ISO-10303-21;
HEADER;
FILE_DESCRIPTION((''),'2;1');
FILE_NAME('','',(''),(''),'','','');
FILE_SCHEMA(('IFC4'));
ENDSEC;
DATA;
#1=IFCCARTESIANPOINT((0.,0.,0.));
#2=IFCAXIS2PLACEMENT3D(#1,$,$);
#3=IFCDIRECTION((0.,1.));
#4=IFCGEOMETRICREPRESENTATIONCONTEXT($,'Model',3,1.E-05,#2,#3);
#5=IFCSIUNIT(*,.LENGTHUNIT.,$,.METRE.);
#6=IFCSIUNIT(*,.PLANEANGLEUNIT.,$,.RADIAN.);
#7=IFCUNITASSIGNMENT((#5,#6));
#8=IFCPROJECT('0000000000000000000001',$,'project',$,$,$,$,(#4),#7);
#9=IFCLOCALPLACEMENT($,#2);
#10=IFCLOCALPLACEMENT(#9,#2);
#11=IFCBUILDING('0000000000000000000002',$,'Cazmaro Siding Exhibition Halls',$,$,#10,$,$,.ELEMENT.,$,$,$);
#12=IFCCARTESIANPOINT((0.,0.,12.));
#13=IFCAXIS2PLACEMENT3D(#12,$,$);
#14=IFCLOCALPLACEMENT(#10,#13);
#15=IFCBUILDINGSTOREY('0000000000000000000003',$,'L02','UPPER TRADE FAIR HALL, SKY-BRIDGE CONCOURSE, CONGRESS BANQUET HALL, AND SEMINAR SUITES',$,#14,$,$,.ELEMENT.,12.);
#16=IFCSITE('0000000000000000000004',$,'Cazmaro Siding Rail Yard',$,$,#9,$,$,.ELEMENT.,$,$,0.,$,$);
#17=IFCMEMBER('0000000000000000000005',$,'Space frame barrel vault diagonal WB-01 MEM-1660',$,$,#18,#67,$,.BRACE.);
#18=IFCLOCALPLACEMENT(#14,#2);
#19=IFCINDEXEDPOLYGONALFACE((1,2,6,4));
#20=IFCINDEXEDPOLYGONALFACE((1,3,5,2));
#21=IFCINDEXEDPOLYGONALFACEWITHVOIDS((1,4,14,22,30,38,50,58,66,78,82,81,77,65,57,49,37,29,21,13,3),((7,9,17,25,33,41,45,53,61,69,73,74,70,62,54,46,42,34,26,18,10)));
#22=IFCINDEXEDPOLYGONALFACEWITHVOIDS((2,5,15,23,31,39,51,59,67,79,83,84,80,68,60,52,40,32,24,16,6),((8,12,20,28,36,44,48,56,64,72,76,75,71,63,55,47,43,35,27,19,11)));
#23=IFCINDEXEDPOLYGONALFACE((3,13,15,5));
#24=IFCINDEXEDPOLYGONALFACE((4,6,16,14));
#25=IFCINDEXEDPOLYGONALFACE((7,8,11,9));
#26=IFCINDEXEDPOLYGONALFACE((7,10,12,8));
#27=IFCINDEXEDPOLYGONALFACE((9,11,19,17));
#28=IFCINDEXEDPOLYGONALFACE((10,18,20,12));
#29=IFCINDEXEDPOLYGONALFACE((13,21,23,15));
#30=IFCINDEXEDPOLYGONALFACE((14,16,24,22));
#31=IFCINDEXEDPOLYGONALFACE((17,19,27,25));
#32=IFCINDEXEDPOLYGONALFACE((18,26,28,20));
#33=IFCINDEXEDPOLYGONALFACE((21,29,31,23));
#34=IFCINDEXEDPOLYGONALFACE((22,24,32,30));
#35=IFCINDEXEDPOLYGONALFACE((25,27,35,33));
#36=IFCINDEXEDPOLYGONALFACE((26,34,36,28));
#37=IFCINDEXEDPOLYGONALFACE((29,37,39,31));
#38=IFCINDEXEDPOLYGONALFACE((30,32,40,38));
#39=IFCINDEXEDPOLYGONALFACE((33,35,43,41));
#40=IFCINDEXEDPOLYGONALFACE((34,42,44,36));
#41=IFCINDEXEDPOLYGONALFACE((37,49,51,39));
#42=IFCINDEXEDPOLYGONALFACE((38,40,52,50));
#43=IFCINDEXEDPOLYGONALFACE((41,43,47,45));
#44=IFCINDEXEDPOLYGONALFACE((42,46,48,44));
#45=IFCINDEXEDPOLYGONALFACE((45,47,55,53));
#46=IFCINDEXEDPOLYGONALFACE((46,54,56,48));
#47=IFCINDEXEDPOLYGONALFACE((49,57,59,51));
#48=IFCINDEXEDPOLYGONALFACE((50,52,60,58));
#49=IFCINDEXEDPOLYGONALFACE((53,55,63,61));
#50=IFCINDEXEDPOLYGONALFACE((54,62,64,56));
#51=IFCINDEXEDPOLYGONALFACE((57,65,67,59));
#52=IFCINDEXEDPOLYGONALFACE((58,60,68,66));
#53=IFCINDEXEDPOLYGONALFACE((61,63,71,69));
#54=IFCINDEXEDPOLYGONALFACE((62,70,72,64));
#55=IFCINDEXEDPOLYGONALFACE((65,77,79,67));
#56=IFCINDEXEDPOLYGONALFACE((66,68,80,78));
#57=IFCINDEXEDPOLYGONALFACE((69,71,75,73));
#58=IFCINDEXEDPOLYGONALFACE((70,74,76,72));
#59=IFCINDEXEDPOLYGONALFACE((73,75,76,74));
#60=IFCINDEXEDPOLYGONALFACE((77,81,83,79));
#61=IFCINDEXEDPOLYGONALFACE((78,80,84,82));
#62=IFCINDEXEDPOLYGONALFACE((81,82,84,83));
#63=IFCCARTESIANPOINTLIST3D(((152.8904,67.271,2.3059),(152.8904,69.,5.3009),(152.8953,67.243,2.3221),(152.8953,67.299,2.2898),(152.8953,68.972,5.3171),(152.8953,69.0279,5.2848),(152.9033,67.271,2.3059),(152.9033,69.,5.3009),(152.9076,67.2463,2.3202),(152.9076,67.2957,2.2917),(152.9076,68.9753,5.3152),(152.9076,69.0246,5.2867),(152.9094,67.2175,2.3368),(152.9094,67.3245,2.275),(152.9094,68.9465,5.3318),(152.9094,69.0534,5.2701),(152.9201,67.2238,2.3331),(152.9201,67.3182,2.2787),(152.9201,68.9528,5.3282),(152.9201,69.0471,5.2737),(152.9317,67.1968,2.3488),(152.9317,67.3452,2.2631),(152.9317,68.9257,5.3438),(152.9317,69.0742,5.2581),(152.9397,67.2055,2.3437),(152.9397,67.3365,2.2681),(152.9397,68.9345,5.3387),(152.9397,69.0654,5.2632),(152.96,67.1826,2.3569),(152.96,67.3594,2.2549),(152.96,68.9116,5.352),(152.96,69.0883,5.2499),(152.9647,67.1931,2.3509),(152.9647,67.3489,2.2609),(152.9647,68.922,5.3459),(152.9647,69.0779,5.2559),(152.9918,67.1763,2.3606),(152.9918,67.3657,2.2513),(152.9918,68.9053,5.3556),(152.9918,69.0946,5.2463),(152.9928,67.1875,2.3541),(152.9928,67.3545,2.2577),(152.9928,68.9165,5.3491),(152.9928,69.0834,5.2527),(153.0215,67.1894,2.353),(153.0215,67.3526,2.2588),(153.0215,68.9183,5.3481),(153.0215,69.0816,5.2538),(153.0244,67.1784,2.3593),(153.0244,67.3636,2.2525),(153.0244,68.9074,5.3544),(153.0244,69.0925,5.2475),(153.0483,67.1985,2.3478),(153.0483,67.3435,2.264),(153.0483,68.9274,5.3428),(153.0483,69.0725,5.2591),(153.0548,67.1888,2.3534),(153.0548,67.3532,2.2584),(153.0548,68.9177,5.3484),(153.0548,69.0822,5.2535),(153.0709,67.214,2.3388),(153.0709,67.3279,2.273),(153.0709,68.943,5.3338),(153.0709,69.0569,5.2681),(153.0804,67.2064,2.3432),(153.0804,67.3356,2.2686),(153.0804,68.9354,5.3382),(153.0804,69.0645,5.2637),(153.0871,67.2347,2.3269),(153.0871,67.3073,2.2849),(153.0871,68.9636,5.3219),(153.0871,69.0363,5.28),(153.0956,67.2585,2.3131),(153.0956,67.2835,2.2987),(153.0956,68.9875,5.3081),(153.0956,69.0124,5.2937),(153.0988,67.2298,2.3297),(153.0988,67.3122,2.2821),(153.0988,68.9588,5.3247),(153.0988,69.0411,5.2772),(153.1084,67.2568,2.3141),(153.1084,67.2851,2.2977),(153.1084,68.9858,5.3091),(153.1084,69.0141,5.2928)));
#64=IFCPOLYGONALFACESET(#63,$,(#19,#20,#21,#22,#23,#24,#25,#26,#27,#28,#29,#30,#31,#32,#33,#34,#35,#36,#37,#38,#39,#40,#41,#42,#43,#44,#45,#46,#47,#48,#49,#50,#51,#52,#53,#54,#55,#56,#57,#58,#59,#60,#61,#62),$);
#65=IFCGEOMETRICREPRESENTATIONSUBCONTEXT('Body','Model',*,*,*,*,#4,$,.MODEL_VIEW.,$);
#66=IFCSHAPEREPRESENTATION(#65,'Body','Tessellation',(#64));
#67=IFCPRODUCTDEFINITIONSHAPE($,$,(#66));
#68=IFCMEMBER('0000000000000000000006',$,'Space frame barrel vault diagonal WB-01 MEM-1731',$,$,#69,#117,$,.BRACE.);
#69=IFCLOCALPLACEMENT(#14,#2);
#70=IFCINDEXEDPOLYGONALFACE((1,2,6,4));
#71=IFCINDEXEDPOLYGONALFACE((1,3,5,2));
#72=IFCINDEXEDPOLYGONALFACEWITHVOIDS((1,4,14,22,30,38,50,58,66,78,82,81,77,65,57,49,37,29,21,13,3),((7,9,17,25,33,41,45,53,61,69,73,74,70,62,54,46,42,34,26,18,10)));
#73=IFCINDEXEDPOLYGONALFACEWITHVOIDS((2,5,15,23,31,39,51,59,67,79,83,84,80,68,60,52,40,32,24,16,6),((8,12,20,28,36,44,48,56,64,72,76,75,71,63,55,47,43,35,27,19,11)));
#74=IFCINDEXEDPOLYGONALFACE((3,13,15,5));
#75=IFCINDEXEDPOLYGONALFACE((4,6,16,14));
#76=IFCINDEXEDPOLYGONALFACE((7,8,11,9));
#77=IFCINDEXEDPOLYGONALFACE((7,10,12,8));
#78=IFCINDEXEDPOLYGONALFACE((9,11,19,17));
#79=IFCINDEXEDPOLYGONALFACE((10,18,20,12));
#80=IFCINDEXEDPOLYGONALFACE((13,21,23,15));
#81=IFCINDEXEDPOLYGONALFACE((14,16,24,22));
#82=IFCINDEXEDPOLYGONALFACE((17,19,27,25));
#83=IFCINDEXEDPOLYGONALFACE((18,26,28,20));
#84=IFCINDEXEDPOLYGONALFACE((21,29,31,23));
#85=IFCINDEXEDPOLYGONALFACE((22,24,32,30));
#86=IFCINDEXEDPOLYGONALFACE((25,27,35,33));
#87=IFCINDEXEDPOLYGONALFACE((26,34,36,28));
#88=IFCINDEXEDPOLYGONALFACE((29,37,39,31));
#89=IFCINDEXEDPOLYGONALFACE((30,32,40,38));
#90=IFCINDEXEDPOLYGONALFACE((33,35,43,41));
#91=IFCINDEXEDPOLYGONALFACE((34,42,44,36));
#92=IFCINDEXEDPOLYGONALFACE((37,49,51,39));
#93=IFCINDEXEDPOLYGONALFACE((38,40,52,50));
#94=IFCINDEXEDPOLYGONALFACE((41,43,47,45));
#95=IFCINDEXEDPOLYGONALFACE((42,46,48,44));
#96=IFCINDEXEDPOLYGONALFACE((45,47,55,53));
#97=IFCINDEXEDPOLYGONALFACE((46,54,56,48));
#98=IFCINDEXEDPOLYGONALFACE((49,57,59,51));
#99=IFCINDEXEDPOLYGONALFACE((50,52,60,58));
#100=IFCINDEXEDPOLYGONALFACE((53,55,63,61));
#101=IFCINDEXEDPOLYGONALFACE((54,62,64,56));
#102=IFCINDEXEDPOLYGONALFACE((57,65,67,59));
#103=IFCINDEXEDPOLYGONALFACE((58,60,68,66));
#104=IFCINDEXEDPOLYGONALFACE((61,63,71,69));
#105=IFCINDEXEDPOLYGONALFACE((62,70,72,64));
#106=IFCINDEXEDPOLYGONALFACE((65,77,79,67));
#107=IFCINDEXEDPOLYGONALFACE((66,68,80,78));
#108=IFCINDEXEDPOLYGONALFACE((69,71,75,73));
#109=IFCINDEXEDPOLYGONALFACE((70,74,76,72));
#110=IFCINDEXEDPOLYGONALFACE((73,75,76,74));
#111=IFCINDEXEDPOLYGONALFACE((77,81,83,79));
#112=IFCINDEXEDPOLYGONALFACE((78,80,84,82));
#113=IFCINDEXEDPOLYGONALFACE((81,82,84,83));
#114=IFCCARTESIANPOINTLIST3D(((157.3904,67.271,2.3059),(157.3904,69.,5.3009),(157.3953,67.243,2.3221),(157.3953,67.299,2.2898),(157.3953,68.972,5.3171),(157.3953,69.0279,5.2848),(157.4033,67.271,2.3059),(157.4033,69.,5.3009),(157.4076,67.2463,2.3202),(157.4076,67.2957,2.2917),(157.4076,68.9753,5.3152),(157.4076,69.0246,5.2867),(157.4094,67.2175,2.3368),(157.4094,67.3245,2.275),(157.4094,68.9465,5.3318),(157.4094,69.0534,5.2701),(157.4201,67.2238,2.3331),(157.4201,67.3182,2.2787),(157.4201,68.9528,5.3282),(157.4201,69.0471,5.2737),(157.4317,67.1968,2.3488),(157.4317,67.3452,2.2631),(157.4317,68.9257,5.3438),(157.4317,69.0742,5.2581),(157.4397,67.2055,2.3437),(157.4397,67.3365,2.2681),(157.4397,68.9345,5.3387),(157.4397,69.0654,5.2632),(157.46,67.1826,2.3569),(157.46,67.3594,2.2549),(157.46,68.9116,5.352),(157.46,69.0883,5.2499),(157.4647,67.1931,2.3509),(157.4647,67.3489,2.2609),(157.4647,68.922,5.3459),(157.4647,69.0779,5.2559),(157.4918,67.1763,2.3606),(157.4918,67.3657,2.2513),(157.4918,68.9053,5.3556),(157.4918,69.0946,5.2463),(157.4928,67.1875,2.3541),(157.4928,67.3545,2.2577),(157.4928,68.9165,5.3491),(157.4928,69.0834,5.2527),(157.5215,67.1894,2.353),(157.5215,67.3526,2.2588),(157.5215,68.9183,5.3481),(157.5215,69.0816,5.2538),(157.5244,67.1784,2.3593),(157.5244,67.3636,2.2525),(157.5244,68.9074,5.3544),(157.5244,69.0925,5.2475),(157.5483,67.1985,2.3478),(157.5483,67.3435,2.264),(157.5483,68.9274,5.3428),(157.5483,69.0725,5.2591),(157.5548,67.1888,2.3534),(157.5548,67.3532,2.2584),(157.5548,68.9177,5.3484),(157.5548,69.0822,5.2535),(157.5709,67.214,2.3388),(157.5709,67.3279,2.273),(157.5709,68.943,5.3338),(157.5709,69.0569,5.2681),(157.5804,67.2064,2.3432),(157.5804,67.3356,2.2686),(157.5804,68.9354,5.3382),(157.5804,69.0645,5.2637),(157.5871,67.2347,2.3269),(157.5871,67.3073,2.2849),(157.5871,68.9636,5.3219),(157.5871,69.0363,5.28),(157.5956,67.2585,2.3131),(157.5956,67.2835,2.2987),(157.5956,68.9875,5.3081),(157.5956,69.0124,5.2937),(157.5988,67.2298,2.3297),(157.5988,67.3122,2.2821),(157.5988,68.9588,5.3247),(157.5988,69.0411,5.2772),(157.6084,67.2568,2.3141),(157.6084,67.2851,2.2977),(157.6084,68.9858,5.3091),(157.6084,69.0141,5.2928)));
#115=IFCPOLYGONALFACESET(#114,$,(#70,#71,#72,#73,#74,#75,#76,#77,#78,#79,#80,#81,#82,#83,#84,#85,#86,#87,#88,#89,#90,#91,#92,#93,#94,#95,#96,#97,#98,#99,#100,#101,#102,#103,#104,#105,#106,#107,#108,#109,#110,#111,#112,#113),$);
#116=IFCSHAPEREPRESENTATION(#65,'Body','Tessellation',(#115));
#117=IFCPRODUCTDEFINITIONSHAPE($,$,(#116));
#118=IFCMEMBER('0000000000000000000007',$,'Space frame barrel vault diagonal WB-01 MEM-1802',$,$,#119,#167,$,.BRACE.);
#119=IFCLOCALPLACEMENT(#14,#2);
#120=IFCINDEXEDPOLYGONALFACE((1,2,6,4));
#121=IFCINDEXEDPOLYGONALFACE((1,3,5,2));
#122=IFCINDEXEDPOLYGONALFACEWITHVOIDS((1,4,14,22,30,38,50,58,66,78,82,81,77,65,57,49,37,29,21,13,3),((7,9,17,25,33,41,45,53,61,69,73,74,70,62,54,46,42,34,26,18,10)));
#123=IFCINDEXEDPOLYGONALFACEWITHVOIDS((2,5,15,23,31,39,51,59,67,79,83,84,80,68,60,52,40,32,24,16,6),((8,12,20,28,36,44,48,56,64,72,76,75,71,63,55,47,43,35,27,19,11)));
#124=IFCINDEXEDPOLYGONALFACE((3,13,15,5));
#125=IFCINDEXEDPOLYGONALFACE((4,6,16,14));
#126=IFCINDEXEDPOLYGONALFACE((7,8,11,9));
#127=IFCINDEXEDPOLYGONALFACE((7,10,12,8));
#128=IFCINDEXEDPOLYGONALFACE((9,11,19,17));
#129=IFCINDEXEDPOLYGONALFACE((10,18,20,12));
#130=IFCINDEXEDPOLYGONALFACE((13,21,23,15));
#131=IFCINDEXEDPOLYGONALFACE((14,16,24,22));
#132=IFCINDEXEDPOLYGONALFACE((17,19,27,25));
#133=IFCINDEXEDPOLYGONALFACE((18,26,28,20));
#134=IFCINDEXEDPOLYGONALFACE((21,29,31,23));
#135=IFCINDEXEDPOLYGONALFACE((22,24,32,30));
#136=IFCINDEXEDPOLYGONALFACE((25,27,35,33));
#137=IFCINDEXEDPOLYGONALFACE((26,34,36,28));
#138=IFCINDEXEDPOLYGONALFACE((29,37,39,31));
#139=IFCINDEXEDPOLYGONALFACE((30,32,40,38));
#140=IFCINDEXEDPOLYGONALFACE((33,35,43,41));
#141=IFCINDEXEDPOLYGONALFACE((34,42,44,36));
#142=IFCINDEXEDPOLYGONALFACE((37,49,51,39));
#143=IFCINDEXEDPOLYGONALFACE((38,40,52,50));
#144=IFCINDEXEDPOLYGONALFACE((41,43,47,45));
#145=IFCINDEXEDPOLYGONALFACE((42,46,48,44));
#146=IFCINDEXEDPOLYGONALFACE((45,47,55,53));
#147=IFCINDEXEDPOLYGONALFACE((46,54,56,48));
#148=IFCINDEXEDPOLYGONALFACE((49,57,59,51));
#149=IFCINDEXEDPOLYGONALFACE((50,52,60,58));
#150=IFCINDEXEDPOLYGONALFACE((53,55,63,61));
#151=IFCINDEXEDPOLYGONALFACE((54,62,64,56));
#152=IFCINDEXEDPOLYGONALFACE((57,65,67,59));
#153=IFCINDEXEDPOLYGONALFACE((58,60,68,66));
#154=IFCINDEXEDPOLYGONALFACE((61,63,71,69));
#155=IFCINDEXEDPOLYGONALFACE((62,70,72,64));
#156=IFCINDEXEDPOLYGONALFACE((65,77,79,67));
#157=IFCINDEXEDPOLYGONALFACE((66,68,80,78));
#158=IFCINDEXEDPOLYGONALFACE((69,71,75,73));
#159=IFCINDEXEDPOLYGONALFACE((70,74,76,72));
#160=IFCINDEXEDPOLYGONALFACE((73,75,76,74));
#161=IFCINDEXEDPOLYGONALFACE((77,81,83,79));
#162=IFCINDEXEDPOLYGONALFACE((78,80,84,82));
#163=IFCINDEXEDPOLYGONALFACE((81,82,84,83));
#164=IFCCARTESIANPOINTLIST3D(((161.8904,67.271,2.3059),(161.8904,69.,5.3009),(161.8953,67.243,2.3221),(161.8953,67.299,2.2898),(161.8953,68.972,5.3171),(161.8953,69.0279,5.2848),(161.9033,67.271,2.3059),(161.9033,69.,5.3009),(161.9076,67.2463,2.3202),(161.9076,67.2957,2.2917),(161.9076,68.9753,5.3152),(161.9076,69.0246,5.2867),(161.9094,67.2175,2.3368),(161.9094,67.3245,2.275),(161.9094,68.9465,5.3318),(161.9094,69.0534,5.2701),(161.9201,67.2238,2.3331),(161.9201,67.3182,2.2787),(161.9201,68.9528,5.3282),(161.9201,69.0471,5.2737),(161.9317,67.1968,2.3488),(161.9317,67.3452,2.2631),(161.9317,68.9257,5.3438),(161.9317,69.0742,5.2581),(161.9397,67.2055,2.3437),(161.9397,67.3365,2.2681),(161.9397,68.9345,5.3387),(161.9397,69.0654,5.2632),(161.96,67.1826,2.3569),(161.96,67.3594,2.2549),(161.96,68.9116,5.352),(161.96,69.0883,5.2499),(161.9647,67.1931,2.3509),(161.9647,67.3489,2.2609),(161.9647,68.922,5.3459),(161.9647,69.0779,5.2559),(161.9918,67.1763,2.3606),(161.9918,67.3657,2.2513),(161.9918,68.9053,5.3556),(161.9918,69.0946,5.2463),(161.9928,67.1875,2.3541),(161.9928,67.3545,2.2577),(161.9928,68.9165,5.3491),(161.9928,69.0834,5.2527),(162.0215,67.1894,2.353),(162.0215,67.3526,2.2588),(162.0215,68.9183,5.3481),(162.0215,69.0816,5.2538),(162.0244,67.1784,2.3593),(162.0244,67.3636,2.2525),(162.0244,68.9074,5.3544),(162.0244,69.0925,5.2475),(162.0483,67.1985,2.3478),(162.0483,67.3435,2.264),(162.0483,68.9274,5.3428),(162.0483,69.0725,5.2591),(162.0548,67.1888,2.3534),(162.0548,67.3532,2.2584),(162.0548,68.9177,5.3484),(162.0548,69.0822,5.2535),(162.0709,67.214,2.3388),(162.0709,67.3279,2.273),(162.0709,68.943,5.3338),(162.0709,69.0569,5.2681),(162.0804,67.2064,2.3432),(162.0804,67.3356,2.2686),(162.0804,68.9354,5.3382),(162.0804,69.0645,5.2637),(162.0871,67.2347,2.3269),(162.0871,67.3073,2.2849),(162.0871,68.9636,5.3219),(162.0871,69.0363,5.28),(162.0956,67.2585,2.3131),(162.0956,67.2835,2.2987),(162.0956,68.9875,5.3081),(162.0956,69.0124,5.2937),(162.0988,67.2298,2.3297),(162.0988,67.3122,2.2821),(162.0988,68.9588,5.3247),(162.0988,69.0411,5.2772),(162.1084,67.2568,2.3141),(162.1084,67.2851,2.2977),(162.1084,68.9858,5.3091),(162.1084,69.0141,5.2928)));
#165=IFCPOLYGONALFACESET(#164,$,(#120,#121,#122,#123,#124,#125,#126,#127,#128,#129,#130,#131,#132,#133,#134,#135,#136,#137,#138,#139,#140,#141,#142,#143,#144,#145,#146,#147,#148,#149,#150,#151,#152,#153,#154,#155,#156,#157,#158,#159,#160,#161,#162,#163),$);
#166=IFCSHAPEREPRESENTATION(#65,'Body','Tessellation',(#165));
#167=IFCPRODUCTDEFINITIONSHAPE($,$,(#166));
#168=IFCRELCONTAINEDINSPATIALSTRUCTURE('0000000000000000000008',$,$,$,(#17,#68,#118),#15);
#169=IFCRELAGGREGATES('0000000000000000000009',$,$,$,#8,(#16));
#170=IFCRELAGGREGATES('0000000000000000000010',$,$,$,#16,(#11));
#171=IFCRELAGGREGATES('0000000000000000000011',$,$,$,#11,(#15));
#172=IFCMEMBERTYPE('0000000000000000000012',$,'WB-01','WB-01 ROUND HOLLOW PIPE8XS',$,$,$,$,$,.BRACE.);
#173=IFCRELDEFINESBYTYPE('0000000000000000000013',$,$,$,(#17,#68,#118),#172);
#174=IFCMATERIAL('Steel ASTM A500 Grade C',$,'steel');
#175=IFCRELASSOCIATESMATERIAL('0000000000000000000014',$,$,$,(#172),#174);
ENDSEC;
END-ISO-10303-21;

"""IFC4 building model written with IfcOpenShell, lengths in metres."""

from ifc_helpers import new_model, si_unit, direction, frame, origin, origin_2d, place, context, subcontext, project, spatial, hollow_circle, extrude, material, material_profile, profile_set, type_object, element, save


model = new_model("IFC4")

# Units and contexts
model_context = context("Model", 3, precision=1e-05, world=origin(), true_north=direction((0.0, 1.0)))
body_context = subcontext(model_context, "Body", "Model", "MODEL_VIEW")
ifc_project = project(units=[si_unit("LENGTHUNIT", "METRE"), si_unit("PLANEANGLEUNIT", "RADIAN")], contexts=[model_context])

# Site, building, storey
site_placement = place(None, origin())
site = spatial("IfcSite", under=ifc_project, at=site_placement, Name="Cazmaro Siding Rail Yard", CompositionType="ELEMENT", RefElevation=0.0)
building_placement = place(site_placement, origin())
building = spatial("IfcBuilding", under=site, at=building_placement, Name="Cazmaro Siding Exhibition Halls", CompositionType="ELEMENT")
storey_placement = place(building_placement, frame((0.0, 0.0, 12.0)))
storey = spatial("IfcBuildingStorey", under=building, at=storey_placement, Name="L02", Description="UPPER TRADE FAIR HALL, SKY-BRIDGE CONCOURSE, CONGRESS BANQUET HALL, AND SEMINAR SUITES", CompositionType="ELEMENT", Elevation=12.0)

# Members
ifc_material_1 = material(Name="Steel ASTM A500 Grade C", Category="steel")
ifc_material_profile_1 = material_profile(ifc_material_1, hollow_circle(Radius=0.1096, WallThickness=0.0129, at=origin_2d()), Name="PIPE8XS")
ifc_profile_set_1 = profile_set([ifc_material_profile_1], Name="Steel ASTM A500 Grade C")
member_type_1 = type_object("IfcMemberType", Name="WB-01", Description="WB-01 ROUND HOLLOW PIPE8XS", PredefinedType="BRACE", material=ifc_profile_set_1)
for number, where, z_axis, x_axis, name in (
    (1, (153.0, 67.271, 2.3059), (0.0, 0.499951, 0.866054), (-1.0, 0.0, 0.0), "Space frame barrel vault diagonal WB-01 MEM-1660"),
    (2, (157.5, 67.271, 2.3059), (0.0, 0.499951, 0.866054), (-1.0, 0.0, 0.0), "Space frame barrel vault diagonal WB-01 MEM-1731"),
    (3, (162.0, 67.271, 2.3059), (0.0, 0.499951, 0.866054), (-1.0, 0.0, 0.0), "Space frame barrel vault diagonal WB-01 MEM-1802"),
):
    element("IfcMember", number, at=place(storey_placement, frame(where, z_axis=z_axis, x_axis=x_axis)), inside=storey, type_object=member_type_1, Name=name, PredefinedType="BRACE", context=body_context, shape_type="SweptSolid", body=[
        extrude(hollow_circle(Radius=0.1096, WallThickness=0.0129, at=origin_2d()), origin(), (0.0, 0.0, 1.0), 3.4583),
    ])

save(model, "model.ifc")
